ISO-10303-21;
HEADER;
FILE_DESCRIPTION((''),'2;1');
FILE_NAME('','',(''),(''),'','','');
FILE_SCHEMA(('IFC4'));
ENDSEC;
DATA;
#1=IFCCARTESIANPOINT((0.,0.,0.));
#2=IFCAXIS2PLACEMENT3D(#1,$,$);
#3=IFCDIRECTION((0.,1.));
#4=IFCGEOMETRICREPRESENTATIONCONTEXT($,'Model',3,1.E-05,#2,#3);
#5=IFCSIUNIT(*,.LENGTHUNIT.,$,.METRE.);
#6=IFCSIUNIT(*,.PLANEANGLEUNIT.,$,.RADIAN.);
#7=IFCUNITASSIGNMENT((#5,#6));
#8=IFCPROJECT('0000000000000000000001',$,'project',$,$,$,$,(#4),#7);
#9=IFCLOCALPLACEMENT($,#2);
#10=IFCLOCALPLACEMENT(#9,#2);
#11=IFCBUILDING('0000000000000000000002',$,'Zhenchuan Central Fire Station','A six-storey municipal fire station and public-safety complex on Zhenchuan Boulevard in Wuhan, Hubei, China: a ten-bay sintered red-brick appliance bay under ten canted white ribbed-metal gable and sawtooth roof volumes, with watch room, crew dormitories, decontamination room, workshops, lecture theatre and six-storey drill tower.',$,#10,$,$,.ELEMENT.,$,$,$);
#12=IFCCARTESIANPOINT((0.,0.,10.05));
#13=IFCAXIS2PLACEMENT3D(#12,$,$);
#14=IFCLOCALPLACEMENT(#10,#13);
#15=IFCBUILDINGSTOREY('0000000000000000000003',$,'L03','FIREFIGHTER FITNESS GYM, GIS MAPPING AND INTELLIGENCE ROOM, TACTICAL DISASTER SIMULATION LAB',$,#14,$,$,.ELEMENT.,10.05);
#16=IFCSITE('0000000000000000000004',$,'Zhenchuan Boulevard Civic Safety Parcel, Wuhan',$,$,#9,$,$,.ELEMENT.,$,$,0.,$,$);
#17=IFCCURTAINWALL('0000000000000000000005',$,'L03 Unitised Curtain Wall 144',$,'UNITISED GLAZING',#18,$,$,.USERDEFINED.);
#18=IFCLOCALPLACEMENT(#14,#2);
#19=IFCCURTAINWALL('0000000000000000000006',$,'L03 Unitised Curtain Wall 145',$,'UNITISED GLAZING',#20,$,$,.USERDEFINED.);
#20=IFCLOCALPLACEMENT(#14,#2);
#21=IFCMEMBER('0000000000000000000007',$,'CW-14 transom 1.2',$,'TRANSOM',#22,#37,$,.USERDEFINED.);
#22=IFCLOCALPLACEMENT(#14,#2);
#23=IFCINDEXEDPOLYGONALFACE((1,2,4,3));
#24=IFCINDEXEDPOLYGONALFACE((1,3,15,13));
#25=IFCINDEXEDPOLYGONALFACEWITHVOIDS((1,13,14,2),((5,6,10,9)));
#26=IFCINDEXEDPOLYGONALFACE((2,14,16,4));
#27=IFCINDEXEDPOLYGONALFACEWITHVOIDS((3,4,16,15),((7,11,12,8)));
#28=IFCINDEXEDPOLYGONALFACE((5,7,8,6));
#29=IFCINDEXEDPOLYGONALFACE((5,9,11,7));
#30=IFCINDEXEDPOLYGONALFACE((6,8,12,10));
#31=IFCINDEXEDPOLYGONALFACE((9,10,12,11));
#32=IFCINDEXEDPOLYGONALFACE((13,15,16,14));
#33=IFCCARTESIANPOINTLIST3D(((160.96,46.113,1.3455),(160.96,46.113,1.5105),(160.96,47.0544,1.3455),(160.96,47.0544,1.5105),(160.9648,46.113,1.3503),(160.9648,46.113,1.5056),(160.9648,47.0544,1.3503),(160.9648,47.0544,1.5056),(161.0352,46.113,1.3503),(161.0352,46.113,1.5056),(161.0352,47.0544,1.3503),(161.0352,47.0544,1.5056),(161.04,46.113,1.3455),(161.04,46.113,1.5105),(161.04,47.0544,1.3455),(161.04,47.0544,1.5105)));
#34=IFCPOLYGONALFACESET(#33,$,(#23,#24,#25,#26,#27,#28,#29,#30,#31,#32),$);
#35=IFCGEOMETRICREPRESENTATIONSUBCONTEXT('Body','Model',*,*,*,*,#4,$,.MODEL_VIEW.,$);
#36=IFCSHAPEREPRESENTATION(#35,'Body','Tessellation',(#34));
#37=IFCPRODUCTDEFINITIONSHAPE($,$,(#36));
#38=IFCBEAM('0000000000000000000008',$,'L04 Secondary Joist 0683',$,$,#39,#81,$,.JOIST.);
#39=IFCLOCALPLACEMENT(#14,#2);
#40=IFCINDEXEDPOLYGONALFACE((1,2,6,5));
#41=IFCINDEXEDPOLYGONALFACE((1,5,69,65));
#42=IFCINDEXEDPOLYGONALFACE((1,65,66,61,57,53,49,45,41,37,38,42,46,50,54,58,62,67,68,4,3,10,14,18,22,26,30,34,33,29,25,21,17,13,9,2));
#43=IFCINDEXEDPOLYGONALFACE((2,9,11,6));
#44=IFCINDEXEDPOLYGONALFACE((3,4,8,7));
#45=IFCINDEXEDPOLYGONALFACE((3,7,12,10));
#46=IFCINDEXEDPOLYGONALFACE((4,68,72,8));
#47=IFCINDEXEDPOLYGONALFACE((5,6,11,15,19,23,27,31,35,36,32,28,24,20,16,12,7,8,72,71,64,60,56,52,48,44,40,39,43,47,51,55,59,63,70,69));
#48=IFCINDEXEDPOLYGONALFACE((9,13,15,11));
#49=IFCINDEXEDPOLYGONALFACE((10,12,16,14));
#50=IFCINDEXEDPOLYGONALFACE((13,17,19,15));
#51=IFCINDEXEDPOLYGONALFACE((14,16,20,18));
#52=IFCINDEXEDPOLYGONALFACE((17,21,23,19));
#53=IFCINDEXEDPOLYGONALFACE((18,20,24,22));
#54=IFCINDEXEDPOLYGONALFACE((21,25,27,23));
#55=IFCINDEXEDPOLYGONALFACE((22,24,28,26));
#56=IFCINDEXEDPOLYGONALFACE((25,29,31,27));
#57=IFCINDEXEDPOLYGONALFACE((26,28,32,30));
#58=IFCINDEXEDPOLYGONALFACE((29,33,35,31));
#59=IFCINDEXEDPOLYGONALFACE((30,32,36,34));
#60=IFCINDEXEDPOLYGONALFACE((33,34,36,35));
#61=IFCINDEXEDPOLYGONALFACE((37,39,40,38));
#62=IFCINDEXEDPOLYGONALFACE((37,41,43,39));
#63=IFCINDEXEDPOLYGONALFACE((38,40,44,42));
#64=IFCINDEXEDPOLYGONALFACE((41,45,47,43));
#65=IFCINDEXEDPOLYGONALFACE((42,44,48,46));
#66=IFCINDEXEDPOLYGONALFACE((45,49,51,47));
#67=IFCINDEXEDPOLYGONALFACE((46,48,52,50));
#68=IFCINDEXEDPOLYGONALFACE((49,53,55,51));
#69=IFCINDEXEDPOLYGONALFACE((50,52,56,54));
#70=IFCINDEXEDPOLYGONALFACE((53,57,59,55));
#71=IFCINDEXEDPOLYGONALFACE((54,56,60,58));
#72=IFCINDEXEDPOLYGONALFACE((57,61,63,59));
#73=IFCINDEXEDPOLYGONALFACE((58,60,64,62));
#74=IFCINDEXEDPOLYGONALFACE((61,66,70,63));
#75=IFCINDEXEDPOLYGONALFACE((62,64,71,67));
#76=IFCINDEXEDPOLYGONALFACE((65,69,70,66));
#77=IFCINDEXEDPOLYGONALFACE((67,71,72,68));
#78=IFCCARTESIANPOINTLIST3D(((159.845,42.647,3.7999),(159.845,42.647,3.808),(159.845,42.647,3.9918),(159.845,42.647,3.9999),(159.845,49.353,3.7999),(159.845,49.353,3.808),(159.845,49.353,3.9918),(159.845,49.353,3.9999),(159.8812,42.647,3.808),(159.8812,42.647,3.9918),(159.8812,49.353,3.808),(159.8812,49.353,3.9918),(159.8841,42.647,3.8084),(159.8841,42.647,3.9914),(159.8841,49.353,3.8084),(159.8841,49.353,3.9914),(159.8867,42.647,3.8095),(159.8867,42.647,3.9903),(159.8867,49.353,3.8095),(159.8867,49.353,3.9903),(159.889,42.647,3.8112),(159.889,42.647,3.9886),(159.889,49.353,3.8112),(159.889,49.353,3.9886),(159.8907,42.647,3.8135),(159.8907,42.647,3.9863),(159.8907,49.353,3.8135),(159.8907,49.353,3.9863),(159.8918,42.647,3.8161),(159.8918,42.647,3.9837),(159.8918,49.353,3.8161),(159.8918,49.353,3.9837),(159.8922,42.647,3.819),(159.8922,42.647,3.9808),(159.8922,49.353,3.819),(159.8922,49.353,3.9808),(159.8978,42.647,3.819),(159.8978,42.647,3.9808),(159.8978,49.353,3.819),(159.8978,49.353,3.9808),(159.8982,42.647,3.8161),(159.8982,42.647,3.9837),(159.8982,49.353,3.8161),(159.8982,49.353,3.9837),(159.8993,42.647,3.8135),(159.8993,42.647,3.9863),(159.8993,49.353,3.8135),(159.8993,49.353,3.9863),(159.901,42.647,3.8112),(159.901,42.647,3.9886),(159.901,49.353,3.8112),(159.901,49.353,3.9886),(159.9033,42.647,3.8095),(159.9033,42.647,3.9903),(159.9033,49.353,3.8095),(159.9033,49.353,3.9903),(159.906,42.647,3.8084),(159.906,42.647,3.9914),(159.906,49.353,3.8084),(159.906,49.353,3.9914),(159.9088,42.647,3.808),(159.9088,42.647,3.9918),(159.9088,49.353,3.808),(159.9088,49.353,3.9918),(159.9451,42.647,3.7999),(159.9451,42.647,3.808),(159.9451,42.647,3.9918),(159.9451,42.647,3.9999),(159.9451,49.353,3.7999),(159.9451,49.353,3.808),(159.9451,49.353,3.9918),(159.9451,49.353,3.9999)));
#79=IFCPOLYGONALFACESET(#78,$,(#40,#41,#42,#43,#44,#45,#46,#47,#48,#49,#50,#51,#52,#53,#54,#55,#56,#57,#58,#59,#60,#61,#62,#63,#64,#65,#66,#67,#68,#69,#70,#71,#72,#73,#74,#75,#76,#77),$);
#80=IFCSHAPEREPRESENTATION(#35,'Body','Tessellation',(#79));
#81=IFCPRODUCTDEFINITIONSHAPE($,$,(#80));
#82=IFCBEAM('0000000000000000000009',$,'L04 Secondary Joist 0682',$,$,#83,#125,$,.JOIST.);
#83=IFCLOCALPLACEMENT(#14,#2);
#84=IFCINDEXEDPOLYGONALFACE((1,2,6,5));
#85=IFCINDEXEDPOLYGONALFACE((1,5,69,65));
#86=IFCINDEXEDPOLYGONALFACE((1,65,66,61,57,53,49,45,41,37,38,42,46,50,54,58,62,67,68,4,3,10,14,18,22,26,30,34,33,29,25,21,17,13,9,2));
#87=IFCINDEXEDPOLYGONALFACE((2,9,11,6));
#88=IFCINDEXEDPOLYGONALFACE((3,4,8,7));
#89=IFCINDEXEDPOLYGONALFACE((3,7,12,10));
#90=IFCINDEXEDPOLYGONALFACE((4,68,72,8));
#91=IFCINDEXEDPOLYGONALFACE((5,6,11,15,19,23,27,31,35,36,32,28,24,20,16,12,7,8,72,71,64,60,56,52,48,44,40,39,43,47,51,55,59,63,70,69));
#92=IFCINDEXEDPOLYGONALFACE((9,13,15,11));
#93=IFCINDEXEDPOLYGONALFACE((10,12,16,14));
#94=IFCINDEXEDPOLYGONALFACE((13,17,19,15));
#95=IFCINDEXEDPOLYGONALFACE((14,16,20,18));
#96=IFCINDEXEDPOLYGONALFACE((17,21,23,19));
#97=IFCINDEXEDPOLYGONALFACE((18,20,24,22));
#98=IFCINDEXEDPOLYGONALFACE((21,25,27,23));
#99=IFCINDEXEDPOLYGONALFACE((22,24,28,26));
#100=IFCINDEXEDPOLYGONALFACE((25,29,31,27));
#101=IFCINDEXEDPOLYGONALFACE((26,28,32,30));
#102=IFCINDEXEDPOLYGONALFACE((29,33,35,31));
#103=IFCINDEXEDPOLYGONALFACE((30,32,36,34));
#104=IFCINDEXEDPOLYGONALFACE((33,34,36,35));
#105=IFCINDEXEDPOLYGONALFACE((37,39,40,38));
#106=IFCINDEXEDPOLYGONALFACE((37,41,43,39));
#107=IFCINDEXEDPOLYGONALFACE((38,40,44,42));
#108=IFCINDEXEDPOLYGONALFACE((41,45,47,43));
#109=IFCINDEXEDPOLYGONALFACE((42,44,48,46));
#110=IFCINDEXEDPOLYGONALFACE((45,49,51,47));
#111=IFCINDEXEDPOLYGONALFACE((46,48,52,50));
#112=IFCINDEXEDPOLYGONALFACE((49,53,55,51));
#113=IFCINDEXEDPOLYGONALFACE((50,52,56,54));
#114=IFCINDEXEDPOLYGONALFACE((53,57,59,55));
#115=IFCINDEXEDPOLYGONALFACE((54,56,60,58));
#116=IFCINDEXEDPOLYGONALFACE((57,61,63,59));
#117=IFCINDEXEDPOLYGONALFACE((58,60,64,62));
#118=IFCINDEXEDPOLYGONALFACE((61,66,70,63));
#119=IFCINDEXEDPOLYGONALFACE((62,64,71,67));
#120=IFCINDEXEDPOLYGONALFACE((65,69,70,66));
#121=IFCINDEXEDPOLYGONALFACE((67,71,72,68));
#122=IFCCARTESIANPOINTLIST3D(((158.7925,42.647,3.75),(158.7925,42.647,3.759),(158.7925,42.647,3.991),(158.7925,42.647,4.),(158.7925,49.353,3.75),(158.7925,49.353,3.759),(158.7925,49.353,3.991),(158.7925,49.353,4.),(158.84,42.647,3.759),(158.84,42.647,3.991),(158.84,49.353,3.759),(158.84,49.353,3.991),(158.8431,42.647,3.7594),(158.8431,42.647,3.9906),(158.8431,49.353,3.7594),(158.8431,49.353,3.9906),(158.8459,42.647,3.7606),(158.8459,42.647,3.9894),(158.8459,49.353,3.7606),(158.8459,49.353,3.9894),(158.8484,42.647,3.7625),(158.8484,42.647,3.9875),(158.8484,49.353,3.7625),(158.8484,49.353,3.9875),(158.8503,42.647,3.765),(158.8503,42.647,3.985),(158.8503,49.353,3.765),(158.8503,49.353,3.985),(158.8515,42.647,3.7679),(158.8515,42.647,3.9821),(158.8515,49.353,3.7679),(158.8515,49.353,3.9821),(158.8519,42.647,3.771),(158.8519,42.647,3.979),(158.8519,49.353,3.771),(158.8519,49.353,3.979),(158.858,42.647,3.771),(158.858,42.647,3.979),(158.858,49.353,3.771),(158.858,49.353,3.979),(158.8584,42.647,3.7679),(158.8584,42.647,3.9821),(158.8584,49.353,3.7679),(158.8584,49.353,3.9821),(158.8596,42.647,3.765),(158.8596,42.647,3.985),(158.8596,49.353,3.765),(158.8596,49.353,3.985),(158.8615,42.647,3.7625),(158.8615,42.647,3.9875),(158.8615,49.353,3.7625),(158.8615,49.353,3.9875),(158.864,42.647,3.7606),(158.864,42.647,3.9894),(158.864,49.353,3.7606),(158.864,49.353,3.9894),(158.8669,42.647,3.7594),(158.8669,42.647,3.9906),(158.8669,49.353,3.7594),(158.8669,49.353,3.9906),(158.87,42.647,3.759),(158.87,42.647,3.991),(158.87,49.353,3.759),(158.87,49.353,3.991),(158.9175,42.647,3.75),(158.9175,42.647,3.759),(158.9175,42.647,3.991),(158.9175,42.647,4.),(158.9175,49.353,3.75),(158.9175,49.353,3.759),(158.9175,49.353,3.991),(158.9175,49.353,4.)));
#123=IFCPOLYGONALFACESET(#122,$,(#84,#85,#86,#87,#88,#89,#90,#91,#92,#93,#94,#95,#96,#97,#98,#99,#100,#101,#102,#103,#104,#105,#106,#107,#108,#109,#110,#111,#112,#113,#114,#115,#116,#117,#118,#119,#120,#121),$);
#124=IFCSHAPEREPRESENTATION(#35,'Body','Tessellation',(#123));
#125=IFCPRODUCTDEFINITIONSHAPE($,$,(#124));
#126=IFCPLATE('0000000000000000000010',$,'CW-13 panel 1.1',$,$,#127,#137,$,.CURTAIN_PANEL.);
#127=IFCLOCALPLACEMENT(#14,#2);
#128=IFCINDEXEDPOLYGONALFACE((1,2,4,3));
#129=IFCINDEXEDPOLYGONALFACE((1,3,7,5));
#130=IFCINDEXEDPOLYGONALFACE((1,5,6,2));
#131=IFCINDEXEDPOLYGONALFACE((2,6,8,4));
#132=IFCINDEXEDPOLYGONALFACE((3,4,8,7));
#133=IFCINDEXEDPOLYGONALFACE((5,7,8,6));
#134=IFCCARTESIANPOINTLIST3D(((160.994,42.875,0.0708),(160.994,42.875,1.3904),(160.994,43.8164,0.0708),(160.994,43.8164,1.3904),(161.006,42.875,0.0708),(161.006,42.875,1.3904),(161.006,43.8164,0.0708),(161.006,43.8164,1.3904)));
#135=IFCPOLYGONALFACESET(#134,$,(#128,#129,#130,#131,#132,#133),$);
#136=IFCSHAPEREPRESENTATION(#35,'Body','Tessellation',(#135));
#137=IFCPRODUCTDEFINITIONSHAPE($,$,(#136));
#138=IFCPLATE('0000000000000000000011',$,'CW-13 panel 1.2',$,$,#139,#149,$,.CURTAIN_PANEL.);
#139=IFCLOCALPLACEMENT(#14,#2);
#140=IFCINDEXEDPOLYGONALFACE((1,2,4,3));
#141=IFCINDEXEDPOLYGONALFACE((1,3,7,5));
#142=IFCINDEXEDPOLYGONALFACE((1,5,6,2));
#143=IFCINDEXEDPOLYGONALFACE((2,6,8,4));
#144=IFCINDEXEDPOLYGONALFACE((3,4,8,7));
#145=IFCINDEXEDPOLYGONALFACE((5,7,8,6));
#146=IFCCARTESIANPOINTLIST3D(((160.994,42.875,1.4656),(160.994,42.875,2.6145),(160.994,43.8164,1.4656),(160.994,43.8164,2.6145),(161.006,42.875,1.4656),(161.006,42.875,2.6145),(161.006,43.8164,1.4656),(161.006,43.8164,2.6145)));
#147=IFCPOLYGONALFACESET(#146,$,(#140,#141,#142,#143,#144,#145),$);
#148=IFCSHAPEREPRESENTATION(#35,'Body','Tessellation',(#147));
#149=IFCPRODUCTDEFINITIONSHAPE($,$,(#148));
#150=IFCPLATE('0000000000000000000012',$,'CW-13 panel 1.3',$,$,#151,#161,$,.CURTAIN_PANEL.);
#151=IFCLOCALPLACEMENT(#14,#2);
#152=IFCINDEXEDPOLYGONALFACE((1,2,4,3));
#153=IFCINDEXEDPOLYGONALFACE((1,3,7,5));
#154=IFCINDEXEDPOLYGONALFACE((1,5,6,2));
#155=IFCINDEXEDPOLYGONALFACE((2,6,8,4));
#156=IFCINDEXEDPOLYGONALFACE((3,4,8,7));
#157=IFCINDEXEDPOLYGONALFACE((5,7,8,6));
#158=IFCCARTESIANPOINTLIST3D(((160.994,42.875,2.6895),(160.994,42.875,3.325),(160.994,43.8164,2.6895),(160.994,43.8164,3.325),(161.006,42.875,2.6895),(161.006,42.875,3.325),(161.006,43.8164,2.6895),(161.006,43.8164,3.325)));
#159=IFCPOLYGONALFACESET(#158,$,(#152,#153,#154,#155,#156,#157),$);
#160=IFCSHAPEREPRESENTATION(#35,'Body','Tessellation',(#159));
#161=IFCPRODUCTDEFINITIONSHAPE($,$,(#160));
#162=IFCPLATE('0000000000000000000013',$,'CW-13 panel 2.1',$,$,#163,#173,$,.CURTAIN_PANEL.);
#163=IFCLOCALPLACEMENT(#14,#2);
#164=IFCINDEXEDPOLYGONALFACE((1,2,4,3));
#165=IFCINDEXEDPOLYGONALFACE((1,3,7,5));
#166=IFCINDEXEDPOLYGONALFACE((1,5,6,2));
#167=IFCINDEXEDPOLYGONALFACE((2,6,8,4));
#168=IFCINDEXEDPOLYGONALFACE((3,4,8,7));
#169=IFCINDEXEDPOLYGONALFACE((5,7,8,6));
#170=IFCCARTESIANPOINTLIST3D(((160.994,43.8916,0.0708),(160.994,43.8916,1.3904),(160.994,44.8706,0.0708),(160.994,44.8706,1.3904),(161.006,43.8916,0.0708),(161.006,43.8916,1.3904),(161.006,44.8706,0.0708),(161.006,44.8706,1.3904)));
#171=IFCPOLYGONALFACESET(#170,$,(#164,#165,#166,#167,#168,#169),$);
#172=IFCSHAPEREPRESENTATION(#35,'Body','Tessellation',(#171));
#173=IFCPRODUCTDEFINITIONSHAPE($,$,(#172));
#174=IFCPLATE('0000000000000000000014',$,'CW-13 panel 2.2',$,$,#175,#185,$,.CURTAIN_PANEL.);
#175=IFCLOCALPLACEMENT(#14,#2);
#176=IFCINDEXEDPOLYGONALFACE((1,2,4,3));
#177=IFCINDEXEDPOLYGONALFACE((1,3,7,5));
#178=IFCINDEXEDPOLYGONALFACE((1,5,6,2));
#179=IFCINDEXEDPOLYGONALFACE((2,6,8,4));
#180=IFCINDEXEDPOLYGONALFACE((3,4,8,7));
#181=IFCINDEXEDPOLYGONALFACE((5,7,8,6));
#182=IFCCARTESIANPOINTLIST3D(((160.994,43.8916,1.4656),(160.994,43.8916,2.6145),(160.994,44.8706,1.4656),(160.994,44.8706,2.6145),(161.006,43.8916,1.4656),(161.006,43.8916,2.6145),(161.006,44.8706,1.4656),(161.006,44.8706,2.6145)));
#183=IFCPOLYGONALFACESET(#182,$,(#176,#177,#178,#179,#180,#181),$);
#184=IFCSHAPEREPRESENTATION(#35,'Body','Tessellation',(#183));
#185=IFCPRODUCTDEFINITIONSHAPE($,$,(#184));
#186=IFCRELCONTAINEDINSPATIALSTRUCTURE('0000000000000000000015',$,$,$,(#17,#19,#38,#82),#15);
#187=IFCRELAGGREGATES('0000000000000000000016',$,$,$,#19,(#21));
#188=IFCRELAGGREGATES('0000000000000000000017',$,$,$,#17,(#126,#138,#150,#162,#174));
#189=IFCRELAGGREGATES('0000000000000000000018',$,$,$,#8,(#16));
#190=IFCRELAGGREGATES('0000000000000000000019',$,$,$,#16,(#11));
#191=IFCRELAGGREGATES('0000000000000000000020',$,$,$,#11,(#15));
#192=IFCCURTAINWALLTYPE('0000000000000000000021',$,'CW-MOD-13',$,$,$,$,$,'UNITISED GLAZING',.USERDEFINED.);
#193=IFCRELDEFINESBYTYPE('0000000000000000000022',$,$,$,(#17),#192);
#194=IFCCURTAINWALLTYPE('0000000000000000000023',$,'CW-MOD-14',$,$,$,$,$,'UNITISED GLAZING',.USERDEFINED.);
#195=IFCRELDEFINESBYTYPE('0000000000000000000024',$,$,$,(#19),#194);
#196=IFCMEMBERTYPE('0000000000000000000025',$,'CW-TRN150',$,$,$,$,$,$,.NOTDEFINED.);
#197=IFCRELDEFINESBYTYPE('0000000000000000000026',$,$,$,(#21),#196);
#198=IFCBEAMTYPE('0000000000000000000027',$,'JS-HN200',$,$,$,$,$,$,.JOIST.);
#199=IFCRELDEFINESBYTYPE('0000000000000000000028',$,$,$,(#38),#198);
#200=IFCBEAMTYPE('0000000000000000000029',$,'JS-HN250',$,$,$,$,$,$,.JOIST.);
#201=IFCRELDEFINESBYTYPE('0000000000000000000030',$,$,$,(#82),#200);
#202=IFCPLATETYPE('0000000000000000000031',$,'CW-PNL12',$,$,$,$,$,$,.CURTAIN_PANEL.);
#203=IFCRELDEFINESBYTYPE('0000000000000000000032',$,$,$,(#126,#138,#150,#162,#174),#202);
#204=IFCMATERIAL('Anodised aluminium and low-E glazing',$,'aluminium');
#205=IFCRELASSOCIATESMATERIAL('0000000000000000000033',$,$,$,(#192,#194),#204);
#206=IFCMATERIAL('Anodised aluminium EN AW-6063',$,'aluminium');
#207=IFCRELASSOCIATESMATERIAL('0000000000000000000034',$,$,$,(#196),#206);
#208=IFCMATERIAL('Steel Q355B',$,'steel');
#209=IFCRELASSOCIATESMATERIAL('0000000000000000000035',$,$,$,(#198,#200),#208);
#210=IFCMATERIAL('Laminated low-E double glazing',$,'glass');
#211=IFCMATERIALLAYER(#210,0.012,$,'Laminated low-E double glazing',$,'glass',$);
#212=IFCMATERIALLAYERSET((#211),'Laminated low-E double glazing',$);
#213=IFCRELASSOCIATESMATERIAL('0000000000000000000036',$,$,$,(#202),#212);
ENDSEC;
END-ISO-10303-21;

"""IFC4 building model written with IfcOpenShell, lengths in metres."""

from ifc_helpers import new_model, si_unit, direction, frame, origin, origin_2d, place, context, subcontext, project, spatial, rectangle, hollow_rectangle, i_section, extrude, material, layer, layer_set, material_profile, profile_set, type_object, element, aggregate, save


model = new_model("IFC4")

# Units and contexts
model_context = context("Model", 3, precision=1e-05, world=origin(), true_north=direction((0.0, 1.0)))
body_context = subcontext(model_context, "Body", "Model", "MODEL_VIEW")
ifc_project = project(units=[si_unit("LENGTHUNIT", "METRE"), si_unit("PLANEANGLEUNIT", "RADIAN")], contexts=[model_context])

# Site, building, storey
site_placement = place(None, origin())
site = spatial("IfcSite", under=ifc_project, at=site_placement, Name="Zhenchuan Boulevard Civic Safety Parcel, Wuhan", CompositionType="ELEMENT", RefElevation=0.0)
building_placement = place(site_placement, origin())
building = spatial("IfcBuilding", under=site, at=building_placement, Name="Zhenchuan Central Fire Station", Description="A six-storey municipal fire station and public-safety complex on Zhenchuan Boulevard in Wuhan, Hubei, China: a ten-bay sintered red-brick appliance bay under ten canted white ribbed-metal gable and sawtooth roof volumes, with watch room, crew dormitories, decontamination room, workshops, lecture theatre and six-storey drill tower.", CompositionType="ELEMENT")
storey_placement = place(building_placement, frame((0.0, 0.0, 10.05)))
storey = spatial("IfcBuildingStorey", under=building, at=storey_placement, Name="L03", Description="FIREFIGHTER FITNESS GYM, GIS MAPPING AND INTELLIGENCE ROOM, TACTICAL DISASTER SIMULATION LAB", CompositionType="ELEMENT", Elevation=10.05)

# Shared definitions
ifc_material_1 = material(Name="Steel Q355B", Category="steel")

# Curtain wall
ifc_material_2 = material(Name="Anodised aluminium and low-E glazing", Category="aluminium")
curtain_wall_type_1 = type_object("IfcCurtainWallType", Name="CW-MOD-13", ElementType="UNITISED GLAZING", PredefinedType="USERDEFINED", material=ifc_material_2)
curtain_wall_1_placement = place(storey_placement, origin())
curtain_wall_1 = element("IfcCurtainWall", 1, at=curtain_wall_1_placement, inside=storey, type_object=curtain_wall_type_1, Name="L03 Unitised Curtain Wall 144", ObjectType="UNITISED GLAZING", PredefinedType="USERDEFINED")
ifc_material_3 = material(Name="Anodised aluminium EN AW-6063", Category="aluminium")

# Curtain wall
curtain_wall_type_2 = type_object("IfcCurtainWallType", Name="CW-MOD-14", ElementType="UNITISED GLAZING", PredefinedType="USERDEFINED", material=ifc_material_2)
curtain_wall_2_placement = place(storey_placement, origin())
curtain_wall_2 = element("IfcCurtainWall", 2, at=curtain_wall_2_placement, inside=storey, type_object=curtain_wall_type_2, Name="L03 Unitised Curtain Wall 145", ObjectType="UNITISED GLAZING", PredefinedType="USERDEFINED")

# Member
ifc_material_profile_1 = material_profile(ifc_material_3, hollow_rectangle(XDim=0.0801, YDim=0.165, WallThickness=0.0049, at=origin_2d()), Name="ALU-T 165x80")
ifc_profile_set_1 = profile_set([ifc_material_profile_1], Name="Anodised aluminium EN AW-6063")
member_type_1 = type_object("IfcMemberType", Name="CW-TRN150", PredefinedType="NOTDEFINED", material=ifc_profile_set_1)
member_1_placement = place(storey_placement, frame((161.0, 46.113, 1.428), z_axis=(0.0, 1.0, 0.0), x_axis=(-1.0, 0.0, 0.0)))
member_1 = element("IfcMember", 3, at=member_1_placement, type_object=member_type_1, Name="CW-14 transom 1.2", ObjectType="TRANSOM", PredefinedType="USERDEFINED", context=body_context, shape_type="SweptSolid", body=[
    extrude(hollow_rectangle(XDim=0.0801, YDim=0.165, WallThickness=0.0049, at=origin_2d()), origin(), (0.0, 0.0, 1.0), 0.9414),
])
aggregate(curtain_wall_2, [member_1])

# Beams
ifc_material_profile_2 = material_profile(ifc_material_1, i_section(OverallWidth=0.1001, OverallDepth=0.2, WebThickness=0.0056, FlangeThickness=0.0081, FilletRadius=0.011, at=origin_2d()), Name="HN 200x100")
ifc_profile_set_2 = profile_set([ifc_material_profile_2], Name="Steel Q355B")
beam_type_1 = type_object("IfcBeamType", Name="JS-HN200", PredefinedType="JOIST", material=ifc_profile_set_2)
beam_1_placement = place(storey_placement, frame((159.895, 42.647, 3.8999), z_axis=(0.0, 1.0, 0.0), x_axis=(-1.0, 0.0, 0.0)))
element("IfcBeam", 4, at=beam_1_placement, inside=storey, type_object=beam_type_1, Name="L04 Secondary Joist 0683", PredefinedType="JOIST", context=body_context, shape_type="SweptSolid", body=[
    extrude(i_section(OverallWidth=0.1001, OverallDepth=0.2, WebThickness=0.0056, FlangeThickness=0.0081, FilletRadius=0.011, at=origin_2d()), origin(), (0.0, 0.0, 1.0), 6.7061),
])
ifc_material_profile_3 = material_profile(ifc_material_1, i_section(OverallWidth=0.125, OverallDepth=0.25, WebThickness=0.0061, FlangeThickness=0.009, FilletRadius=0.012, at=origin_2d()), Name="HN 250x125")
ifc_profile_set_3 = profile_set([ifc_material_profile_3], Name="Steel Q355B")
beam_type_2 = type_object("IfcBeamType", Name="JS-HN250", PredefinedType="JOIST", material=ifc_profile_set_3)
beam_2_placement = place(storey_placement, frame((158.855, 42.647, 3.875), z_axis=(0.0, 1.0, 0.0), x_axis=(-1.0, 0.0, 0.0)))
element("IfcBeam", 5, at=beam_2_placement, inside=storey, type_object=beam_type_2, Name="L04 Secondary Joist 0682", PredefinedType="JOIST", context=body_context, shape_type="SweptSolid", body=[
    extrude(i_section(OverallWidth=0.125, OverallDepth=0.25, WebThickness=0.0061, FlangeThickness=0.009, FilletRadius=0.012, at=origin_2d()), origin(), (0.0, 0.0, 1.0), 6.7061),
])

# Plates
ifc_material_4 = material(Name="Laminated low-E double glazing", Category="glass")
ifc_layer_1 = layer(ifc_material_4, 0.012, Name="Laminated low-E double glazing", Category="glass")
ifc_layer_set_1 = layer_set([ifc_layer_1], Name="Laminated low-E double glazing")
plate_type = type_object("IfcPlateType", Name="CW-PNL12", PredefinedType="CURTAIN_PANEL", material=ifc_layer_set_1)
plate_1_placement = place(storey_placement, frame((161.0, 43.3457, 0.0708), z_axis=(0.0, 0.0, 1.0), x_axis=(0.0, 1.0, 0.0)))
plate_1 = element("IfcPlate", 6, at=plate_1_placement, type_object=plate_type, Name="CW-13 panel 1.1", PredefinedType="CURTAIN_PANEL", context=body_context, shape_type="SweptSolid", body=[
    extrude(rectangle(XDim=0.9414, YDim=0.012, at=origin_2d()), origin(), (0.0, 0.0, 1.0), 1.3196),
])
plate_2_placement = place(storey_placement, frame((161.0, 43.3457, 1.4656), z_axis=(0.0, 0.0, 1.0), x_axis=(0.0, 1.0, 0.0)))
plate_2 = element("IfcPlate", 7, at=plate_2_placement, type_object=plate_type, Name="CW-13 panel 1.2", PredefinedType="CURTAIN_PANEL", context=body_context, shape_type="SweptSolid", body=[
    extrude(rectangle(XDim=0.9414, YDim=0.012, at=origin_2d()), origin(), (0.0, 0.0, 1.0), 1.1489),
])
plate_3_placement = place(storey_placement, frame((161.0, 43.3457, 2.6895), z_axis=(0.0, 0.0, 1.0), x_axis=(0.0, 1.0, 0.0)))
plate_3 = element("IfcPlate", 8, at=plate_3_placement, type_object=plate_type, Name="CW-13 panel 1.3", PredefinedType="CURTAIN_PANEL", context=body_context, shape_type="SweptSolid", body=[
    extrude(rectangle(XDim=0.9414, YDim=0.012, at=origin_2d()), origin(), (0.0, 0.0, 1.0), 0.6355),
])
plate_4_placement = place(storey_placement, frame((161.0, 44.3811, 0.0708), z_axis=(0.0, 0.0, 1.0), x_axis=(0.0, 1.0, 0.0)))
plate_4 = element("IfcPlate", 9, at=plate_4_placement, type_object=plate_type, Name="CW-13 panel 2.1", PredefinedType="CURTAIN_PANEL", context=body_context, shape_type="SweptSolid", body=[
    extrude(rectangle(XDim=0.979, YDim=0.012, at=origin_2d()), origin(), (0.0, 0.0, 1.0), 1.3196),
])
plate_5_placement = place(storey_placement, frame((161.0, 44.3811, 1.4656), z_axis=(0.0, 0.0, 1.0), x_axis=(0.0, 1.0, 0.0)))
plate_5 = element("IfcPlate", 10, at=plate_5_placement, type_object=plate_type, Name="CW-13 panel 2.2", PredefinedType="CURTAIN_PANEL", context=body_context, shape_type="SweptSolid", body=[
    extrude(rectangle(XDim=0.979, YDim=0.012, at=origin_2d()), origin(), (0.0, 0.0, 1.0), 1.1489),
])
aggregate(curtain_wall_1, [plate_1, plate_2, plate_3, plate_4, plate_5])

save(model, "model.ifc")
